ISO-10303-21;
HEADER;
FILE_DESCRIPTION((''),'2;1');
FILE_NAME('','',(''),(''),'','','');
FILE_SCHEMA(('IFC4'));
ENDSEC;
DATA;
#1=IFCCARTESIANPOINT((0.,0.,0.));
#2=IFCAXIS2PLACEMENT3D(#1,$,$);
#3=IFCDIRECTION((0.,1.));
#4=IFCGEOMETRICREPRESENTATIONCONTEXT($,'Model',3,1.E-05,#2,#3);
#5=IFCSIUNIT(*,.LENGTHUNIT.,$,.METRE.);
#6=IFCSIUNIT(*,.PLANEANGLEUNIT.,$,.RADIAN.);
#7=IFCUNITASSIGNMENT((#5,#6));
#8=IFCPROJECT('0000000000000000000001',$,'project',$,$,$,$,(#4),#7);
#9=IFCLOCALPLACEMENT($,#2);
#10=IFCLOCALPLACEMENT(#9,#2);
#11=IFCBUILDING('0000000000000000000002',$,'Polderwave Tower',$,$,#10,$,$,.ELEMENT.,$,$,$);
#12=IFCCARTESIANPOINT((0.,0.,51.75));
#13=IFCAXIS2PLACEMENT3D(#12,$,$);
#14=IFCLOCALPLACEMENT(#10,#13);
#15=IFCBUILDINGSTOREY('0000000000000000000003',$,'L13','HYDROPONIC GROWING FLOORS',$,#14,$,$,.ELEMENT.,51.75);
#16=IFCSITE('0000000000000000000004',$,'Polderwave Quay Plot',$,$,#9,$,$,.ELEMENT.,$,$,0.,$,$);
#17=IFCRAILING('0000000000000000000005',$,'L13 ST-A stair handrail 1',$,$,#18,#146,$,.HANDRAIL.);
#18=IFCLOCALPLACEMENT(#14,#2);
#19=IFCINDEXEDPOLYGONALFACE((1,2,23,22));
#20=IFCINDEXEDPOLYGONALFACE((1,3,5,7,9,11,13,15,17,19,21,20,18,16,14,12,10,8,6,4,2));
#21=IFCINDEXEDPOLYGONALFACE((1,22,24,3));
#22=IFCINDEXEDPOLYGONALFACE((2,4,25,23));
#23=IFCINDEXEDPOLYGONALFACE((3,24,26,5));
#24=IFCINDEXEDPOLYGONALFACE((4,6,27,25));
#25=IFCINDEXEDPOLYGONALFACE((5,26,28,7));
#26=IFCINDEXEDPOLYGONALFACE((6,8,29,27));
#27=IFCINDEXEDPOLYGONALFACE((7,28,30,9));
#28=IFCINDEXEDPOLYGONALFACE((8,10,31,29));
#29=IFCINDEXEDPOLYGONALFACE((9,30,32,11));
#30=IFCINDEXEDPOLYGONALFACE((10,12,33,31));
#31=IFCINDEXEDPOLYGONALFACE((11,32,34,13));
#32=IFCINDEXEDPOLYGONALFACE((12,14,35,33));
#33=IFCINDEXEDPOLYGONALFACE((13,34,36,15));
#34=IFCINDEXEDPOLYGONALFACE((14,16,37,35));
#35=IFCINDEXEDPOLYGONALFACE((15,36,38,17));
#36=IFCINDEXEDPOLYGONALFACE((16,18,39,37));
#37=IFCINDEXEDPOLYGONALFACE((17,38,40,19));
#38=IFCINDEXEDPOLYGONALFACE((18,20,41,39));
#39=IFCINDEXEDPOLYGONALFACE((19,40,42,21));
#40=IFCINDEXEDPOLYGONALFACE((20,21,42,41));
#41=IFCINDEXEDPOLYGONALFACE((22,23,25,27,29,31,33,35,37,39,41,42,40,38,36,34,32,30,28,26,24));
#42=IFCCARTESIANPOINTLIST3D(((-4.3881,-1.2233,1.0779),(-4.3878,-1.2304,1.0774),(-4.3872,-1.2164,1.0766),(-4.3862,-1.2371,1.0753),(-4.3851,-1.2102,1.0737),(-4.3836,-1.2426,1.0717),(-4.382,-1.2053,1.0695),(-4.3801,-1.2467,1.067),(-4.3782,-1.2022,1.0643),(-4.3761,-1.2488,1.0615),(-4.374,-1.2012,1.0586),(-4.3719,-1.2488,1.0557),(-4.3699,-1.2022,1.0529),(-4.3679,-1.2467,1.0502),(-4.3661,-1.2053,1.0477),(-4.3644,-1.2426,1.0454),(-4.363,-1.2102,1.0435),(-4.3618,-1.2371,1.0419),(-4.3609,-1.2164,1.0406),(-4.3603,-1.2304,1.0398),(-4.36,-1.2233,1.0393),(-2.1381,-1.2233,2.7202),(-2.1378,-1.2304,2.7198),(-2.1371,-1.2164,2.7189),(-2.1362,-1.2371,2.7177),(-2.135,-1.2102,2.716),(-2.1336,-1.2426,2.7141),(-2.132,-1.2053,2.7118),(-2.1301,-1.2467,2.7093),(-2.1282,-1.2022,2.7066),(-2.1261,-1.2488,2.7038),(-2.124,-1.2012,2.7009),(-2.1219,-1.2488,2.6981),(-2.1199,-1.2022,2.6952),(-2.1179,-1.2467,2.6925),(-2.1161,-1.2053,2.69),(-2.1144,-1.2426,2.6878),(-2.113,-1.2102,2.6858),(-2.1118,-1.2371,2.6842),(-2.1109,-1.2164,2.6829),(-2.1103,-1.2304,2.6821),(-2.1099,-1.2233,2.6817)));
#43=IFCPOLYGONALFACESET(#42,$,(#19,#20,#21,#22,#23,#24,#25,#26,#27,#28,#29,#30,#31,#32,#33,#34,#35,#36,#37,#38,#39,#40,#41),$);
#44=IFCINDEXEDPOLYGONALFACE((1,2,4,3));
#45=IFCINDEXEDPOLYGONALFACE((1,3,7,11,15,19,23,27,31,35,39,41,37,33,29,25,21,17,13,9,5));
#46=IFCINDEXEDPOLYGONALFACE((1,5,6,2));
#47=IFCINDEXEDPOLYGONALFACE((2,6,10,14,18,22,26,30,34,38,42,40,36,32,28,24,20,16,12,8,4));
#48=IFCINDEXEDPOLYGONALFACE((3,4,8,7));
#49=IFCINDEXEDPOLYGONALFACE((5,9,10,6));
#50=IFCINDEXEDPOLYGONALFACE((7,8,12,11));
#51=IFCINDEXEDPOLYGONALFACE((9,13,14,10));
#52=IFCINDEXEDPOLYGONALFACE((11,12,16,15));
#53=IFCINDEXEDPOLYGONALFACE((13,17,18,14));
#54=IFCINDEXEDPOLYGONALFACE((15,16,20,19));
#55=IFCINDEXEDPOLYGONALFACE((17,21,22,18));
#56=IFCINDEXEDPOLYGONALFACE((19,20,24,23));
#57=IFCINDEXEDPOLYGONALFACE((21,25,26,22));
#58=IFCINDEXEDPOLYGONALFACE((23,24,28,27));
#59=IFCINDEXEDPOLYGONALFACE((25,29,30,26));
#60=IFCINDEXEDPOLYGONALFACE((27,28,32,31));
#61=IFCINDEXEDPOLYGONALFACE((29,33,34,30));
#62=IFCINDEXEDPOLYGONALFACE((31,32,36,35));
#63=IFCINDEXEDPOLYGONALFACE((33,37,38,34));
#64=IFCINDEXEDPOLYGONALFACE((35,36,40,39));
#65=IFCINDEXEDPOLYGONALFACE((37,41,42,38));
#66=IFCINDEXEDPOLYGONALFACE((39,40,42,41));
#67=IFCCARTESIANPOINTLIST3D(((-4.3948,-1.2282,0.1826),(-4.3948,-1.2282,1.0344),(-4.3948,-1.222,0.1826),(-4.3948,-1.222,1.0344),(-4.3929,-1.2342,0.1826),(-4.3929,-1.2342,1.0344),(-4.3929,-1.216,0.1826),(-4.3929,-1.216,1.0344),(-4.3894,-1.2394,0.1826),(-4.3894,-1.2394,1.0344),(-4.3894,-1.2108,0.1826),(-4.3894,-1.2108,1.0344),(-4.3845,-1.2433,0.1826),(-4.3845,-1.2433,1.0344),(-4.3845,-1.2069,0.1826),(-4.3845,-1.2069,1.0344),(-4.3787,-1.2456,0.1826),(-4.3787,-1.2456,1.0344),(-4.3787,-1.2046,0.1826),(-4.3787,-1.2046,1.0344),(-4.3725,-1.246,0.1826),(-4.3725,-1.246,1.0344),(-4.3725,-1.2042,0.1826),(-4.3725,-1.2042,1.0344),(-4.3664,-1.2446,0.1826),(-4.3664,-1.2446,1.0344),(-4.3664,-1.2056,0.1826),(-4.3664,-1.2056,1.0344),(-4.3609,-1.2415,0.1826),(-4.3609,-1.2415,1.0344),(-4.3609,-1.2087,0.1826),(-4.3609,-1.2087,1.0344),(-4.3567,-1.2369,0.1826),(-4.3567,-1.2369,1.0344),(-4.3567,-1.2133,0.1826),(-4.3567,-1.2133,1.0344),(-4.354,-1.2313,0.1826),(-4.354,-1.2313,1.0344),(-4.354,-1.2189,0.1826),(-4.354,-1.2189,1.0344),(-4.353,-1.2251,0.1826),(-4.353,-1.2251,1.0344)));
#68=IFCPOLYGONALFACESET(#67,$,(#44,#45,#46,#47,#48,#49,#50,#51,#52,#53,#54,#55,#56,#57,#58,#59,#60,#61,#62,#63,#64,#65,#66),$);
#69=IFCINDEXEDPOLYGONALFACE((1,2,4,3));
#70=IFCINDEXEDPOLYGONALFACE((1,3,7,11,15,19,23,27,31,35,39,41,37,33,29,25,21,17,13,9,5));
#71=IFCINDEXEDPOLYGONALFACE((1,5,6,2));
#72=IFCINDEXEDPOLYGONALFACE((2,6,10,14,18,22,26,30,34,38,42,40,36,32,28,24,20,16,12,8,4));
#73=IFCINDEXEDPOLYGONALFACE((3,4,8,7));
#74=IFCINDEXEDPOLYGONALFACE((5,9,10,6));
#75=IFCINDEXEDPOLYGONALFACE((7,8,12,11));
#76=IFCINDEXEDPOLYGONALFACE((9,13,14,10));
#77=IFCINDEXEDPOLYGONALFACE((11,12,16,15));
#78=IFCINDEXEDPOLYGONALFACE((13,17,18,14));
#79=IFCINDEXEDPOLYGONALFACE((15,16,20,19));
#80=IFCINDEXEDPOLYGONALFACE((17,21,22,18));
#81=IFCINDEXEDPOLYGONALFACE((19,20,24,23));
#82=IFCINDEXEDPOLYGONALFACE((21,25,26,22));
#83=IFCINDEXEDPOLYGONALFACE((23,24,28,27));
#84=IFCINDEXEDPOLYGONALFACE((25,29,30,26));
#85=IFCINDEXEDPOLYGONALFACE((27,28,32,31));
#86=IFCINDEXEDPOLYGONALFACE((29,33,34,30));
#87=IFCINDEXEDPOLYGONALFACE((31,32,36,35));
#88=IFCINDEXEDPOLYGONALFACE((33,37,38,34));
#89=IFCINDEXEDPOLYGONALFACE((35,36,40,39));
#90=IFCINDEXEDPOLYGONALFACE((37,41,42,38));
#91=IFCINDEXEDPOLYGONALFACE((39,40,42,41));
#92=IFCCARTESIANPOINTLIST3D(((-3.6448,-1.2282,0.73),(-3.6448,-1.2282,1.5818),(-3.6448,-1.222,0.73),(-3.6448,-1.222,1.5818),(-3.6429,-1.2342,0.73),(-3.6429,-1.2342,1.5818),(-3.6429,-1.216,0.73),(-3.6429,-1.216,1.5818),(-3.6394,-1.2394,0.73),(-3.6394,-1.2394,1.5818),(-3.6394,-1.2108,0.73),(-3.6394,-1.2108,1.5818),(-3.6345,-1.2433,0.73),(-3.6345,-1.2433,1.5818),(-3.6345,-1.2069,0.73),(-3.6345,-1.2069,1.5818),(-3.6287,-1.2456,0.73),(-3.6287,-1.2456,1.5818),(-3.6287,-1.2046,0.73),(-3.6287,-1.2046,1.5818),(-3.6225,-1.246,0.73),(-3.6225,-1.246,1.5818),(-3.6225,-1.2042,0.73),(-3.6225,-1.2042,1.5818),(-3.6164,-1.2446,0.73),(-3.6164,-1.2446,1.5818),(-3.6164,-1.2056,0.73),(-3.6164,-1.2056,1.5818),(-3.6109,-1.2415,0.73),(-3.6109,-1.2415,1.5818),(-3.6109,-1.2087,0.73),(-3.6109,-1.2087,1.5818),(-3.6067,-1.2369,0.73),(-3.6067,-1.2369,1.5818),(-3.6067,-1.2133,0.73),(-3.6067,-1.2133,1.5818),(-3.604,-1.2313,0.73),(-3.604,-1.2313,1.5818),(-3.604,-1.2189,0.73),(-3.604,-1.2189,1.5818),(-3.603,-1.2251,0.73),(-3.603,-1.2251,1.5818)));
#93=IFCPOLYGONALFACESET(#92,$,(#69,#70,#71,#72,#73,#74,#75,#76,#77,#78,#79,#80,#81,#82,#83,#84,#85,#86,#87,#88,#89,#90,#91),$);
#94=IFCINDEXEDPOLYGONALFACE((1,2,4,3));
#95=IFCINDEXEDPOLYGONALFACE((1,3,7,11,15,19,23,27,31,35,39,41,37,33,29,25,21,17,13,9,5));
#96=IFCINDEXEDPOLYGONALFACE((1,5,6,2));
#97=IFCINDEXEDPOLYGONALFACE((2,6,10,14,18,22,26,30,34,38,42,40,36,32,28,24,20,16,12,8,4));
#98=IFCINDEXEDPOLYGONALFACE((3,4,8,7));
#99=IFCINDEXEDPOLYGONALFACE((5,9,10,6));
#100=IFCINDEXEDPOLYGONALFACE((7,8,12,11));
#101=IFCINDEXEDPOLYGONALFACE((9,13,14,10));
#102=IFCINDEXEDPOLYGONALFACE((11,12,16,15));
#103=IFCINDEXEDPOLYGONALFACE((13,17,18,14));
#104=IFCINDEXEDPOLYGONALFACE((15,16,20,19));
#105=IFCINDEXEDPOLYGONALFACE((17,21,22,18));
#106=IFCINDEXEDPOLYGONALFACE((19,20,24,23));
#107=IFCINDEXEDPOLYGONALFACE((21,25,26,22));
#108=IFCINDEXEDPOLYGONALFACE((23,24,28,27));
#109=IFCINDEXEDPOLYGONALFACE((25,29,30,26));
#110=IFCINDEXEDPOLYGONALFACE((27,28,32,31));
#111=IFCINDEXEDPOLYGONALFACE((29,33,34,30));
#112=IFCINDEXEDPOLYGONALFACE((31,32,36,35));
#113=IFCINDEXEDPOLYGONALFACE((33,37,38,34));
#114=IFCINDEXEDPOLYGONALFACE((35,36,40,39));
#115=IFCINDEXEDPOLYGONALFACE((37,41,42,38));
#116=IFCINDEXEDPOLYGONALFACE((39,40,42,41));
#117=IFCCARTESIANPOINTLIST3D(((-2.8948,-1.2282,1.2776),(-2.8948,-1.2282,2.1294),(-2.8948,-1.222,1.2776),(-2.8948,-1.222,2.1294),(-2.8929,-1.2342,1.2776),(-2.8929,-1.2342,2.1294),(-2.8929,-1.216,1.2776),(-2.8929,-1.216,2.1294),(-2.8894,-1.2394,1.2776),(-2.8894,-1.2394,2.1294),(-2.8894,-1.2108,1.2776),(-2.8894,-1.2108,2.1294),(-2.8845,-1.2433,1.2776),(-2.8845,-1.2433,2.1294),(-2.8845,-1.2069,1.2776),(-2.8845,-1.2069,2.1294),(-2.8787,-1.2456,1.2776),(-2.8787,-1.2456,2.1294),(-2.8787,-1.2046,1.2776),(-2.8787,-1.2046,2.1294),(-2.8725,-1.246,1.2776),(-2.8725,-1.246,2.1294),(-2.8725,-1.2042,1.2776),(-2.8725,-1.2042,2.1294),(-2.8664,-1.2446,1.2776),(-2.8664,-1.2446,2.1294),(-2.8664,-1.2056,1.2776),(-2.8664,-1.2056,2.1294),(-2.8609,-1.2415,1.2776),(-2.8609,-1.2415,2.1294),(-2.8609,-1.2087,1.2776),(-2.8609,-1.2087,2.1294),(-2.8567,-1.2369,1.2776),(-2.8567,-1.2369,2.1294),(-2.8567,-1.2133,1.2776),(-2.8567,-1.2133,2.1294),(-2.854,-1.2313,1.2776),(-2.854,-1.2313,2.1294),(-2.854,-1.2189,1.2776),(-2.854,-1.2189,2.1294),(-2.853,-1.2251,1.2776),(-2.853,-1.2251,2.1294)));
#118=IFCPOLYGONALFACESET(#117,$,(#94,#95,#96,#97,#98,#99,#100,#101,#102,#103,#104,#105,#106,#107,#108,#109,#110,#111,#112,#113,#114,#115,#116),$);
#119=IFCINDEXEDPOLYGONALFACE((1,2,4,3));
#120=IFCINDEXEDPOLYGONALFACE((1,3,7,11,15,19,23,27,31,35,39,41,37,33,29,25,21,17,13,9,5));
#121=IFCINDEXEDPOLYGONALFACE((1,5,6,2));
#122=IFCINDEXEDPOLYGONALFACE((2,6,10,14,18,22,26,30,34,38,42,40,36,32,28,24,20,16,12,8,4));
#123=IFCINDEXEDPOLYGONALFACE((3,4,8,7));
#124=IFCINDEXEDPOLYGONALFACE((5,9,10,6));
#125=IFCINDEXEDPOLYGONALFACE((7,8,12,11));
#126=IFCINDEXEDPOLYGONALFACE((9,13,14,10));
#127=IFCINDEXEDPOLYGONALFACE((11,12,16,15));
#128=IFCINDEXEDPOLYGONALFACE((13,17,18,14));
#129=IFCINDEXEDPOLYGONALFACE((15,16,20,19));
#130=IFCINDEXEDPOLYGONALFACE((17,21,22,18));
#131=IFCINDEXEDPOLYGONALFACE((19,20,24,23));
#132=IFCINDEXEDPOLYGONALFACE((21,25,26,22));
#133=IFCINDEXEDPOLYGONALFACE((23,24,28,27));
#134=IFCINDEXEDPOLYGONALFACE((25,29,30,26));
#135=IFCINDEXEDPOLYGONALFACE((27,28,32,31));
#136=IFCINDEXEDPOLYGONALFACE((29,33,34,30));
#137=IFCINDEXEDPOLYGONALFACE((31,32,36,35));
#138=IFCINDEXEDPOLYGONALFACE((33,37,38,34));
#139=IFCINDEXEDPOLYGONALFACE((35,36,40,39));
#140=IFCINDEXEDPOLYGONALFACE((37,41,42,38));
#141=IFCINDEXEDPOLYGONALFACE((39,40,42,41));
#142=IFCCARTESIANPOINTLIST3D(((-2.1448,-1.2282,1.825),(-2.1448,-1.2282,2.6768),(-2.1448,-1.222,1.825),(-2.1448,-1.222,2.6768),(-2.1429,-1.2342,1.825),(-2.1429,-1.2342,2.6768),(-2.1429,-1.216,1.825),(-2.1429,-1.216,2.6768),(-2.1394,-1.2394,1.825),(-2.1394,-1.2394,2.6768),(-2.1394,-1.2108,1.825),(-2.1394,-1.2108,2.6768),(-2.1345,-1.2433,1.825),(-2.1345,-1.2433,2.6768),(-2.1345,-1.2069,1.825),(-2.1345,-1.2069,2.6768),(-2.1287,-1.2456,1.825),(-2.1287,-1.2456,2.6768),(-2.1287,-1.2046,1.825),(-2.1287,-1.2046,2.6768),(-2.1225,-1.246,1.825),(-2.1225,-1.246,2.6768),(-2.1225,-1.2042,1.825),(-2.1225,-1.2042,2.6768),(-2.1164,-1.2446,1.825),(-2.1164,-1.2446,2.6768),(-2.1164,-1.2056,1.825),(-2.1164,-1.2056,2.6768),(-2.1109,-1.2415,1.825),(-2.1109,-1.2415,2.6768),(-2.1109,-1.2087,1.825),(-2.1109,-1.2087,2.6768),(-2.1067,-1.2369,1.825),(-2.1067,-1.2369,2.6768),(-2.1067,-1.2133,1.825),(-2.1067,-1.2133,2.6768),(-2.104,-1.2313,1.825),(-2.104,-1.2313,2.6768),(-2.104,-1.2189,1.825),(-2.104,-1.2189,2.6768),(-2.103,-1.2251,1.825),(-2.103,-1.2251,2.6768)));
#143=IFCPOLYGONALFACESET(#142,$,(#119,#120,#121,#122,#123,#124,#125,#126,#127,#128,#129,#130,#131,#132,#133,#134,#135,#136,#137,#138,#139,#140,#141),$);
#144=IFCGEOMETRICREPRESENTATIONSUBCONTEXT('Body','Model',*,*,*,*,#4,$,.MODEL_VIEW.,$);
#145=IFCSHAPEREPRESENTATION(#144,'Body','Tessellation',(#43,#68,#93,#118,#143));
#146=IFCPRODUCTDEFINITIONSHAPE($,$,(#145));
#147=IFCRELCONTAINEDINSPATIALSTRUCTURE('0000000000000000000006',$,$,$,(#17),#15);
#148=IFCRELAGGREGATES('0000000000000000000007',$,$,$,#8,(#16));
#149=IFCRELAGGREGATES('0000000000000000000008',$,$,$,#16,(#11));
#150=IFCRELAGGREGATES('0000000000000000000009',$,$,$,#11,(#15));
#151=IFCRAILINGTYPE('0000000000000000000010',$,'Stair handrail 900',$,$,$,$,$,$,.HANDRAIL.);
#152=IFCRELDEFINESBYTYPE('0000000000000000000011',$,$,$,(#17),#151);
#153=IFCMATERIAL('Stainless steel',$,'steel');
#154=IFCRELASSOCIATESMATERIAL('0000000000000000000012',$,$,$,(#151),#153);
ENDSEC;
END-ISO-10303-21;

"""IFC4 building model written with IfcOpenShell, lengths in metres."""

from ifc_helpers import new_model, si_unit, direction, frame, origin, origin_2d, place, context, subcontext, project, spatial, circle, extrude, material, type_object, element, save


model = new_model("IFC4")

# Units and contexts
model_context = context("Model", 3, precision=1e-05, world=origin(), true_north=direction((0.0, 1.0)))
body_context = subcontext(model_context, "Body", "Model", "MODEL_VIEW")
ifc_project = project(units=[si_unit("LENGTHUNIT", "METRE"), si_unit("PLANEANGLEUNIT", "RADIAN")], contexts=[model_context])

# Site, building, storey
site_placement = place(None, origin())
site = spatial("IfcSite", under=ifc_project, at=site_placement, Name="Polderwave Quay Plot", CompositionType="ELEMENT", RefElevation=0.0)
building_placement = place(site_placement, origin())
building = spatial("IfcBuilding", under=site, at=building_placement, Name="Polderwave Tower", CompositionType="ELEMENT")
storey_placement = place(building_placement, frame((0.0, 0.0, 51.75)))
storey = spatial("IfcBuildingStorey", under=building, at=storey_placement, Name="L13", Description="HYDROPONIC GROWING FLOORS", CompositionType="ELEMENT", Elevation=51.75)

# Shared definitions
ifc_material_1 = material(Name="Stainless steel", Category="steel")

# Railing
railing_type_1 = type_object("IfcRailingType", Name="Stair handrail 900", PredefinedType="HANDRAIL", material=ifc_material_1)
railing_1_placement = place(storey_placement, frame((-4.374, -1.2251, 0.1826)))
element("IfcRailing", 1, at=railing_1_placement, inside=storey, type_object=railing_type_1, Name="L13 ST-A stair handrail 1", PredefinedType="HANDRAIL", context=body_context, shape_type="SweptSolid", body=[
    extrude(circle(Radius=0.0239, at=origin_2d()), frame((0.0, 0.0, 0.876), z_axis=(0.807715, 0.0, 0.589573), x_axis=(0.0, 1.0, 0.0)), (0.0, 0.0, 1.0), 2.7856),
    extrude(circle(Radius=0.021, at=origin_2d()), origin(), (0.0, 0.0, 1.0), 0.8518),
    extrude(circle(Radius=0.021, at=origin_2d()), frame((0.75, 0.0, 0.5474)), (0.0, 0.0, 1.0), 0.8518),
    extrude(circle(Radius=0.021, at=origin_2d()), frame((1.5, 0.0, 1.095)), (0.0, 0.0, 1.0), 0.8518),
    extrude(circle(Radius=0.021, at=origin_2d()), frame((2.25, 0.0, 1.6423)), (0.0, 0.0, 1.0), 0.8518),
])

save(model, "model.ifc")
